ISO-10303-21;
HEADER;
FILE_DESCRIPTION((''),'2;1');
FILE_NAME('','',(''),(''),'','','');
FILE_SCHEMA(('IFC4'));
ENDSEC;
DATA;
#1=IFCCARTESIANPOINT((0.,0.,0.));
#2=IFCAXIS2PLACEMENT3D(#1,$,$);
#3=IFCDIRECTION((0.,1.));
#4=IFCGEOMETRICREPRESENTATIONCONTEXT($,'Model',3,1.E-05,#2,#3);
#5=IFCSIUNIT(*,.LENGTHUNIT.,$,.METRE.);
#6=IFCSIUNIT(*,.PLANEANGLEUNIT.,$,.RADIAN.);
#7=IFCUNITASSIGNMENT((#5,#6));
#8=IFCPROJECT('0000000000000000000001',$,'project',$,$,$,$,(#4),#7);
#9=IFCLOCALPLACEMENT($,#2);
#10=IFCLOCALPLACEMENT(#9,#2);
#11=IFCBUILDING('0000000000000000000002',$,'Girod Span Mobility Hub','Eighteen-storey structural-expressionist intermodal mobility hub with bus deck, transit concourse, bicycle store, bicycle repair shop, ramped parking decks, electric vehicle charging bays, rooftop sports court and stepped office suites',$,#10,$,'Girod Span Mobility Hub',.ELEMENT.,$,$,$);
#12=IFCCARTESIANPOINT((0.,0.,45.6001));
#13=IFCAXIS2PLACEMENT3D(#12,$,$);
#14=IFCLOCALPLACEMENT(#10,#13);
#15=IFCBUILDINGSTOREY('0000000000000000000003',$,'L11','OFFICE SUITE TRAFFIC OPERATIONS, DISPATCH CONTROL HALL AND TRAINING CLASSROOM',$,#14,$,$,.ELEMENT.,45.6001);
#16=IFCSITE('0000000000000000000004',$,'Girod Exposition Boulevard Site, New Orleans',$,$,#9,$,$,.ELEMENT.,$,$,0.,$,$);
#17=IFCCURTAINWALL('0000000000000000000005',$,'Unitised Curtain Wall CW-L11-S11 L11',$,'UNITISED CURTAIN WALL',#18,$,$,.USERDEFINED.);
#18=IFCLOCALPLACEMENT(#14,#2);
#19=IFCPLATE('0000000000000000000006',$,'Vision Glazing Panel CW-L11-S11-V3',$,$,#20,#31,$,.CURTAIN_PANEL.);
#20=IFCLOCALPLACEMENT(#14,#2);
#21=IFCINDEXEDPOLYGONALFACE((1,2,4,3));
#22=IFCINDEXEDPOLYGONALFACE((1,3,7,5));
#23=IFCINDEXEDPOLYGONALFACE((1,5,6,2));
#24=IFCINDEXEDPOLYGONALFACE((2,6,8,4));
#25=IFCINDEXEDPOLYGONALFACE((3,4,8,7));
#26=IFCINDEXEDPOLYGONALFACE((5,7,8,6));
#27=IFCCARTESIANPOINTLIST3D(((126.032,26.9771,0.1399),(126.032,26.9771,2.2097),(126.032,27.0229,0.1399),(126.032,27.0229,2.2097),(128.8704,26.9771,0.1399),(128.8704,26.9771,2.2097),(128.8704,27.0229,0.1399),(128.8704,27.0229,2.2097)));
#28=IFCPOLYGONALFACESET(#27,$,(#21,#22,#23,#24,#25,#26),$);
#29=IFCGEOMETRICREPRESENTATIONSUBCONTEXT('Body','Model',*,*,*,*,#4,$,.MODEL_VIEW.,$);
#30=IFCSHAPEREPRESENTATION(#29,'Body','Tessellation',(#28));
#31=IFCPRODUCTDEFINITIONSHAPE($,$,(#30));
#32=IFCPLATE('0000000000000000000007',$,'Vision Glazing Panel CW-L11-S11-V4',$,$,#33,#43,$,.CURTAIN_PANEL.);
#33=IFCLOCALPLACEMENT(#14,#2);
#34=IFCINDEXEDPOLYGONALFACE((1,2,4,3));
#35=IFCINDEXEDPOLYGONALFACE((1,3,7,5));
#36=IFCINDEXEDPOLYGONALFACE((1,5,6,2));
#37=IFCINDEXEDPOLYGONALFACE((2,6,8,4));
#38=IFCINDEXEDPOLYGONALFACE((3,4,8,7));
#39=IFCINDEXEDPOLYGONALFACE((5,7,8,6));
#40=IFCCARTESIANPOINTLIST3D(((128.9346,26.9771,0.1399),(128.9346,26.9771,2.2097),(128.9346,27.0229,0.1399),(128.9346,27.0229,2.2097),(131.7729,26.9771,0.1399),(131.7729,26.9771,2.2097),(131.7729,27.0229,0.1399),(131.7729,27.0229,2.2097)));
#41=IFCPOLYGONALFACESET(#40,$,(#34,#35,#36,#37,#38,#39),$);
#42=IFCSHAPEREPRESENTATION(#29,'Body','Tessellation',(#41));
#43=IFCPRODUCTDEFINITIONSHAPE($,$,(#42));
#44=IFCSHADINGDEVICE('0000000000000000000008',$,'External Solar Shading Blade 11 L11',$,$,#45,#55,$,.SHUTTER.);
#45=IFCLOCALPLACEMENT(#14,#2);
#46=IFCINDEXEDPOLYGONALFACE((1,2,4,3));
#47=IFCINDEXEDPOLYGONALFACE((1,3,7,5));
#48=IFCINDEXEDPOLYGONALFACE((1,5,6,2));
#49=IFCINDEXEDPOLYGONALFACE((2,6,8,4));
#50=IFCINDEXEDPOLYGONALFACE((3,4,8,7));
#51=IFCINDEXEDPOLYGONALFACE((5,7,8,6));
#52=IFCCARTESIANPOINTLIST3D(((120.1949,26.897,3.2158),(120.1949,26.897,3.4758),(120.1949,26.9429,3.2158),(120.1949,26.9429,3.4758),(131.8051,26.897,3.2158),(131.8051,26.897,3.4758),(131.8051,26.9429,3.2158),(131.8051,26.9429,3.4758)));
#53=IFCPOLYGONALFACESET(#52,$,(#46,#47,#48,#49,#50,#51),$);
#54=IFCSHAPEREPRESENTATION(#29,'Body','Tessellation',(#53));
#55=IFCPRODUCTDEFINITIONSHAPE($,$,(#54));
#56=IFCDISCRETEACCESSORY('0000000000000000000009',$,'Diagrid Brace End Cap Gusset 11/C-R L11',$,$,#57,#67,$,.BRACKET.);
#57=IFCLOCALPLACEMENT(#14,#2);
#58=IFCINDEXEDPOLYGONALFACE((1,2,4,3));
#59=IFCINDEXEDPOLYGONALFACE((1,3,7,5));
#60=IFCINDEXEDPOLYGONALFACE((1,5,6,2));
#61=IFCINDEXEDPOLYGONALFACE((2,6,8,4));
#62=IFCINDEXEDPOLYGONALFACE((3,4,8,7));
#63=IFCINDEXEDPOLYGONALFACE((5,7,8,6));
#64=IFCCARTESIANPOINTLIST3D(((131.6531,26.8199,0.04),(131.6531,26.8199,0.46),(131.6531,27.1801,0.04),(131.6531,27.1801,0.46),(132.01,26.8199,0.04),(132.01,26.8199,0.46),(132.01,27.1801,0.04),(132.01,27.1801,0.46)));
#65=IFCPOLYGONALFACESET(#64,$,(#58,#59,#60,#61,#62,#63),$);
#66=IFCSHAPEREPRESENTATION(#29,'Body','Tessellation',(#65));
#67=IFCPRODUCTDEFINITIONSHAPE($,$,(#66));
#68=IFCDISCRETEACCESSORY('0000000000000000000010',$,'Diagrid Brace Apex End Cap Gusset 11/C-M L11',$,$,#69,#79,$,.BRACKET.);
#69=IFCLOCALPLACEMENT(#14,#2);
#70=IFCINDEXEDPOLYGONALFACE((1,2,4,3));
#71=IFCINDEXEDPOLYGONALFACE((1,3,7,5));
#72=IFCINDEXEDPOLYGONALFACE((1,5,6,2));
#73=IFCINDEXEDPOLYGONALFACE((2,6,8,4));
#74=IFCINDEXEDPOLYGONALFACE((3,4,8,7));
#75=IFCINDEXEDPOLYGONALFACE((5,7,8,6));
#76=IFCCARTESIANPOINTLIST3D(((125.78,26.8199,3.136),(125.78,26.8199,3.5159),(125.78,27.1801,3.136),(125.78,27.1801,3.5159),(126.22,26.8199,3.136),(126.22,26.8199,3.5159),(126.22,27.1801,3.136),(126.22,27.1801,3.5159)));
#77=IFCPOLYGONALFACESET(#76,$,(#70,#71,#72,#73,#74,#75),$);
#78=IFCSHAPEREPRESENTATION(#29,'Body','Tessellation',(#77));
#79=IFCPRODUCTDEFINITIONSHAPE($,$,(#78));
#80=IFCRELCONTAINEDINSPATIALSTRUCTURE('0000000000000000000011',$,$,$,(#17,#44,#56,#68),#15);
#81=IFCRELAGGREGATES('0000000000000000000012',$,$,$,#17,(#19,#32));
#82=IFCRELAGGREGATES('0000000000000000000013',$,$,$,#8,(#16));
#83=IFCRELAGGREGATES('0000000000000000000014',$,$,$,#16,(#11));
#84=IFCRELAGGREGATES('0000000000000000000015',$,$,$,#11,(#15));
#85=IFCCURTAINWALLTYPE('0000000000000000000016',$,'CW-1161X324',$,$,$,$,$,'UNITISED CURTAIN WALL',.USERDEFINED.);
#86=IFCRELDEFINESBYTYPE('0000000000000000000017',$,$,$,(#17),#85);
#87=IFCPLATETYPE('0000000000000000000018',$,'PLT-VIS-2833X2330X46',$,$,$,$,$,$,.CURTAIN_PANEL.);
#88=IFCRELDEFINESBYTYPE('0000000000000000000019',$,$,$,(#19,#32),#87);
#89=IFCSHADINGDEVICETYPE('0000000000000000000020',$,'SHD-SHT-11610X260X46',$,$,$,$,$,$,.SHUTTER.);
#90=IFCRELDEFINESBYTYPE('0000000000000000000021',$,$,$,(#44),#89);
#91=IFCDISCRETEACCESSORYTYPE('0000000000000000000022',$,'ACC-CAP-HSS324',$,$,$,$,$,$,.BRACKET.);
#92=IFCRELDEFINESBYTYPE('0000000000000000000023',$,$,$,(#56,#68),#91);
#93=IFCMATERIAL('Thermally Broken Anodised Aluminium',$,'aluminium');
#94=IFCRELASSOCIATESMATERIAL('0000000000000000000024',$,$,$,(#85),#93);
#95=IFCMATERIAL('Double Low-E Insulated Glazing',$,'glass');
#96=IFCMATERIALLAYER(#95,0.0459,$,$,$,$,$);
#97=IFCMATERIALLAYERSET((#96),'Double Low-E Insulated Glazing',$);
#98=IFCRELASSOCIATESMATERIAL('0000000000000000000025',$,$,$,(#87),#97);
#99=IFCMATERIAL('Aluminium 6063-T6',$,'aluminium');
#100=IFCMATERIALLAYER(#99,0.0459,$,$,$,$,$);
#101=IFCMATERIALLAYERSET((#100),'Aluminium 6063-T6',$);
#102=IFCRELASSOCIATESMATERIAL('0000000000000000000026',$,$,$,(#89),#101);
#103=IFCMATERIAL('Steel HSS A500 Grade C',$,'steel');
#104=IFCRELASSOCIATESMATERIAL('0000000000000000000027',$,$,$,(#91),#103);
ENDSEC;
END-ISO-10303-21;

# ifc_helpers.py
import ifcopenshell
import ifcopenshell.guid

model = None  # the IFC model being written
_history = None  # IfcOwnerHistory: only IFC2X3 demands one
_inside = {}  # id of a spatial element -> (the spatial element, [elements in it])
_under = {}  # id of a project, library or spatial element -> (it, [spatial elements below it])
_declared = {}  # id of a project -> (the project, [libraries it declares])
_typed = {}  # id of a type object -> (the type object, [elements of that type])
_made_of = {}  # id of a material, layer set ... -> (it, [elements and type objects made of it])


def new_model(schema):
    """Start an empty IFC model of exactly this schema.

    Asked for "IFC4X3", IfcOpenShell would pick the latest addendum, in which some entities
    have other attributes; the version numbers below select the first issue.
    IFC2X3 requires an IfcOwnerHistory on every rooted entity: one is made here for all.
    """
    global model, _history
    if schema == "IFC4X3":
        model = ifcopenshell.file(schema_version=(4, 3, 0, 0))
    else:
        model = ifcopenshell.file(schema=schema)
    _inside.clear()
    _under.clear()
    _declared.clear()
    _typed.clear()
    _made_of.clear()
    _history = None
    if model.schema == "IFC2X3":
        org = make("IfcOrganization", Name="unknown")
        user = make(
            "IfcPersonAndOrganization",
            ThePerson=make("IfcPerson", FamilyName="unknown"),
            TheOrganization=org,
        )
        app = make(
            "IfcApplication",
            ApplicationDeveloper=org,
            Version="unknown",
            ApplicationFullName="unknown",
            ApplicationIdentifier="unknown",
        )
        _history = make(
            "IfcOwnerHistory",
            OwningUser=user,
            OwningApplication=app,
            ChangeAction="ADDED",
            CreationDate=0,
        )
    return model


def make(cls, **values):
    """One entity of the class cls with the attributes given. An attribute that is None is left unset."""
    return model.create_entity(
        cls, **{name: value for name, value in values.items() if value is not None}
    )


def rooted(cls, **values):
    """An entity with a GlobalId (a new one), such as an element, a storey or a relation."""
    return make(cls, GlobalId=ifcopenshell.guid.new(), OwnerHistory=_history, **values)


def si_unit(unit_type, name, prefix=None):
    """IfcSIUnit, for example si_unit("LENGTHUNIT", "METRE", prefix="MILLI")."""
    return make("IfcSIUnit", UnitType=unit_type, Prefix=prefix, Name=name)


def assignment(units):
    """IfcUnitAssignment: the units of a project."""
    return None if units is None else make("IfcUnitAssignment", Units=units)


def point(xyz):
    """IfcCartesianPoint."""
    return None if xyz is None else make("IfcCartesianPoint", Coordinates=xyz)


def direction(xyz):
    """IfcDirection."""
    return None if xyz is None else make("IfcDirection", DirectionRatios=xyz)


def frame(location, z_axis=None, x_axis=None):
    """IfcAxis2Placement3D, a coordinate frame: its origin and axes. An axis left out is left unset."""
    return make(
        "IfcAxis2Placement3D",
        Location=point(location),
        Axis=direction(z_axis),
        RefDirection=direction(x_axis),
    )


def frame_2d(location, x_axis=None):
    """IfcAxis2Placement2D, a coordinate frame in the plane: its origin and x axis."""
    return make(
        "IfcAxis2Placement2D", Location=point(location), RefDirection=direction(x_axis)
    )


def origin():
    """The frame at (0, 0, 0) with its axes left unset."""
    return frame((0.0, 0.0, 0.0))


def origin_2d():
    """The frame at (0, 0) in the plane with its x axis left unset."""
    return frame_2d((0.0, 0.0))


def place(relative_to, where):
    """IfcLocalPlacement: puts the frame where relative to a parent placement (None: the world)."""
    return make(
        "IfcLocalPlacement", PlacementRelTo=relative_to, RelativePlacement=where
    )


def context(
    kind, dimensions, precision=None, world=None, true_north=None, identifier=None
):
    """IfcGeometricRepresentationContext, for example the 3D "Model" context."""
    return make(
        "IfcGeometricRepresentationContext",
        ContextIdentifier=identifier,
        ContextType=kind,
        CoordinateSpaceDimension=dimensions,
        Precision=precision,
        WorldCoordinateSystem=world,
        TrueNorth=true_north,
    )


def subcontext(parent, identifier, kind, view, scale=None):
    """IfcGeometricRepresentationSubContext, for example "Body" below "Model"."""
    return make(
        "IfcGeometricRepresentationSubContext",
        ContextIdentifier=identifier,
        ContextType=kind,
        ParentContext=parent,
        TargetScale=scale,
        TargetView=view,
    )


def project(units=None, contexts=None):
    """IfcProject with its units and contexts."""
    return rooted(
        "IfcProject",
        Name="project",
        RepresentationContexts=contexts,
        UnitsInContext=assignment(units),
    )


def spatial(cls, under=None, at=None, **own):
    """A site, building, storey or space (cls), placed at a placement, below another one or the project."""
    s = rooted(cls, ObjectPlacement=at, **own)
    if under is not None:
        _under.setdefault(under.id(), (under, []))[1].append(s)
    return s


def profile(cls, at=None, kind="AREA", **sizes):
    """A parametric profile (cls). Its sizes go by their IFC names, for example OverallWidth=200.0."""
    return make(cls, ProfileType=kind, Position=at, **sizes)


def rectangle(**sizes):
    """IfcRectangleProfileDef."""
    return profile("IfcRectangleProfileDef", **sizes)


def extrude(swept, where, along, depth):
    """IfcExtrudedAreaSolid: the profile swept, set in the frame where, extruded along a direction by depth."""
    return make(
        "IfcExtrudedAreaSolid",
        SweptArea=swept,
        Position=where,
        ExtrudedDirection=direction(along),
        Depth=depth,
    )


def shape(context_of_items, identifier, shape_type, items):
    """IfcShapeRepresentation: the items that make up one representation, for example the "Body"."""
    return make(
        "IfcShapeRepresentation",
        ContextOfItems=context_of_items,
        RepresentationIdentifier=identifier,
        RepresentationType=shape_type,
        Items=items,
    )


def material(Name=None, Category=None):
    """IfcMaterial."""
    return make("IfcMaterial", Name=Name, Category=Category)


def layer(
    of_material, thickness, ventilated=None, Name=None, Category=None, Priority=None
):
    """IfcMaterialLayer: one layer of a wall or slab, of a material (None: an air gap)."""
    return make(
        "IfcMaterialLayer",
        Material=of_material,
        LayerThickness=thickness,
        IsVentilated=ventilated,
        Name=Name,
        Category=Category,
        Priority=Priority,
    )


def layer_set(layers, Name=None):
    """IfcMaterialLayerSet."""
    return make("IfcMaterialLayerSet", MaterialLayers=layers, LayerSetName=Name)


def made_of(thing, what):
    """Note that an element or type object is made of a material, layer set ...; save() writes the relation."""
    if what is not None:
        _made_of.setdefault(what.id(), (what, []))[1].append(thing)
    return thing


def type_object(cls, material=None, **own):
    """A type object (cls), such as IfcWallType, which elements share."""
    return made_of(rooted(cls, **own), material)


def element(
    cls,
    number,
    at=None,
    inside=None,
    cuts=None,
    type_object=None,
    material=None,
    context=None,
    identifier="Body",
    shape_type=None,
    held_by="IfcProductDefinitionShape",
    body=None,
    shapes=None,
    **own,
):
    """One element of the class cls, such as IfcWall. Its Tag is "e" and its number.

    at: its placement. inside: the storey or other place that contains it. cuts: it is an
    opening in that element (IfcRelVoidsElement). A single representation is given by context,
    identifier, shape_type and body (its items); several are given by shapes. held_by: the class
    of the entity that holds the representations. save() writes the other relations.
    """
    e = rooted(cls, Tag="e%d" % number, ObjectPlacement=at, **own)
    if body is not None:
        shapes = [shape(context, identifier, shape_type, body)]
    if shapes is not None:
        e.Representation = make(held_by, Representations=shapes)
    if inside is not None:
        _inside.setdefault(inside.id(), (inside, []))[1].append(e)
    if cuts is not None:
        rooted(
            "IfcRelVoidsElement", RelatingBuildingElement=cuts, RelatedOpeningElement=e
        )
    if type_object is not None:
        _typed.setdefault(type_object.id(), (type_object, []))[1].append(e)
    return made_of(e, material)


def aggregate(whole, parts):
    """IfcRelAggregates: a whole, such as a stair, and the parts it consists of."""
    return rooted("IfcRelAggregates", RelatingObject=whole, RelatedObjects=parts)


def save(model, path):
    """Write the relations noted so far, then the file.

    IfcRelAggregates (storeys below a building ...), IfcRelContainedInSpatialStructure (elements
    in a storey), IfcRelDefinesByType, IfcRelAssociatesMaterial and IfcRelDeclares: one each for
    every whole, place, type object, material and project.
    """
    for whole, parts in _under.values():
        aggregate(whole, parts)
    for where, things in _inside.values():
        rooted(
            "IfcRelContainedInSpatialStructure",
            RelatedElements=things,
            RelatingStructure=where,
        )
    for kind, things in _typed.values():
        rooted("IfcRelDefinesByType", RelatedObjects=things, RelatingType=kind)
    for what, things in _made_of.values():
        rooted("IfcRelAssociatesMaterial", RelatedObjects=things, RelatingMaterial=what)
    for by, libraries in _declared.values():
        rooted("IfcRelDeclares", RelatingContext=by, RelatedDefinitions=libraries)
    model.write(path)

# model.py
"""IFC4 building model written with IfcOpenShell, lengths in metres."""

from ifc_helpers import new_model, si_unit, direction, frame, origin, origin_2d, place, context, subcontext, project, spatial, rectangle, extrude, material, layer, layer_set, type_object, element, aggregate, save


model = new_model("IFC4")

# Units and contexts
model_context = context("Model", 3, precision=1e-05, world=origin(), true_north=direction((0.0, 1.0)))
body_context = subcontext(model_context, "Body", "Model", "MODEL_VIEW")
ifc_project = project(units=[si_unit("LENGTHUNIT", "METRE"), si_unit("PLANEANGLEUNIT", "RADIAN")], contexts=[model_context])

# Site, building, storey
site_placement = place(None, origin())
site = spatial("IfcSite", under=ifc_project, at=site_placement, Name="Girod Exposition Boulevard Site, New Orleans", CompositionType="ELEMENT", RefElevation=0.0)
building_placement = place(site_placement, origin())
building = spatial("IfcBuilding", under=site, at=building_placement, Name="Girod Span Mobility Hub", Description="Eighteen-storey structural-expressionist intermodal mobility hub with bus deck, transit concourse, bicycle store, bicycle repair shop, ramped parking decks, electric vehicle charging bays, rooftop sports court and stepped office suites", LongName="Girod Span Mobility Hub", CompositionType="ELEMENT")
storey_placement = place(building_placement, frame((0.0, 0.0, 45.6001)))
storey = spatial("IfcBuildingStorey", under=building, at=storey_placement, Name="L11", Description="OFFICE SUITE TRAFFIC OPERATIONS, DISPATCH CONTROL HALL AND TRAINING CLASSROOM", CompositionType="ELEMENT", Elevation=45.6001)

# Curtain wall
ifc_material_1 = material(Name="Thermally Broken Anodised Aluminium", Category="aluminium")
curtain_wall_type = type_object("IfcCurtainWallType", Name="CW-1161X324", ElementType="UNITISED CURTAIN WALL", PredefinedType="USERDEFINED", material=ifc_material_1)
curtain_wall_placement = place(storey_placement, origin())
curtain_wall = element("IfcCurtainWall", 1, at=curtain_wall_placement, inside=storey, type_object=curtain_wall_type, Name="Unitised Curtain Wall CW-L11-S11 L11", ObjectType="UNITISED CURTAIN WALL", PredefinedType="USERDEFINED")

# Plates
ifc_material_2 = material(Name="Double Low-E Insulated Glazing", Category="glass")
ifc_layer_1 = layer(ifc_material_2, 0.0459)
ifc_layer_set_1 = layer_set([ifc_layer_1], Name="Double Low-E Insulated Glazing")
plate_type = type_object("IfcPlateType", Name="PLT-VIS-2833X2330X46", PredefinedType="CURTAIN_PANEL", material=ifc_layer_set_1)
plate_1_placement = place(storey_placement, frame((127.4512, 27.0, 0.1399), z_axis=(0.0, 0.0, 1.0), x_axis=(1.0, 0.0, 0.0)))
plate_1 = element("IfcPlate", 2, at=plate_1_placement, type_object=plate_type, Name="Vision Glazing Panel CW-L11-S11-V3", PredefinedType="CURTAIN_PANEL", context=body_context, shape_type="SweptSolid", body=[
    extrude(rectangle(XDim=2.8384, YDim=0.0459, at=origin_2d()), origin(), (0.0, 0.0, 1.0), 2.0698),
])
plate_2_placement = place(storey_placement, frame((130.3538, 27.0, 0.1399), z_axis=(0.0, 0.0, 1.0), x_axis=(1.0, 0.0, 0.0)))
plate_2 = element("IfcPlate", 3, at=plate_2_placement, type_object=plate_type, Name="Vision Glazing Panel CW-L11-S11-V4", PredefinedType="CURTAIN_PANEL", context=body_context, shape_type="SweptSolid", body=[
    extrude(rectangle(XDim=2.8384, YDim=0.0459, at=origin_2d()), origin(), (0.0, 0.0, 1.0), 2.0698),
])
aggregate(curtain_wall, [plate_1, plate_2])

# Shading device
ifc_material_3 = material(Name="Aluminium 6063-T6", Category="aluminium")
ifc_layer_2 = layer(ifc_material_3, 0.0459)
ifc_layer_set_2 = layer_set([ifc_layer_2], Name="Aluminium 6063-T6")
shading_device_type = type_object("IfcShadingDeviceType", Name="SHD-SHT-11610X260X46", PredefinedType="SHUTTER", material=ifc_layer_set_2)
shading_device_placement = place(storey_placement, frame((126.0, 26.9199, 3.2158), z_axis=(0.0, 0.0, 1.0), x_axis=(1.0, 0.0, 0.0)))
element("IfcShadingDevice", 4, at=shading_device_placement, inside=storey, type_object=shading_device_type, Name="External Solar Shading Blade 11 L11", PredefinedType="SHUTTER", context=body_context, shape_type="SweptSolid", body=[
    extrude(rectangle(XDim=11.6101, YDim=0.0459, at=origin_2d()), origin(), (0.0, 0.0, 1.0), 0.26),
])

# Discrete accessories
ifc_material_4 = material(Name="Steel HSS A500 Grade C", Category="steel")
discrete_accessory_type = type_object("IfcDiscreteAccessoryType", Name="ACC-CAP-HSS324", PredefinedType="BRACKET", material=ifc_material_4)
discrete_accessory_1_placement = place(storey_placement, frame((131.8315, 27.0, 0.04), z_axis=(0.0, 0.0, 1.0), x_axis=(1.0, 0.0, 0.0)))
element("IfcDiscreteAccessory", 5, at=discrete_accessory_1_placement, inside=storey, type_object=discrete_accessory_type, Name="Diagrid Brace End Cap Gusset 11/C-R L11", PredefinedType="BRACKET", context=body_context, shape_type="SweptSolid", body=[
    extrude(rectangle(XDim=0.3569, YDim=0.3601, at=origin_2d()), origin(), (0.0, 0.0, 1.0), 0.4199),
])
discrete_accessory_2_placement = place(storey_placement, frame((126.0, 27.0, 3.136), z_axis=(0.0, 0.0, 1.0), x_axis=(1.0, 0.0, 0.0)))
element("IfcDiscreteAccessory", 6, at=discrete_accessory_2_placement, inside=storey, type_object=discrete_accessory_type, Name="Diagrid Brace Apex End Cap Gusset 11/C-M L11", PredefinedType="BRACKET", context=body_context, shape_type="SweptSolid", body=[
    extrude(rectangle(XDim=0.4399, YDim=0.3601, at=origin_2d()), origin(), (0.0, 0.0, 1.0), 0.3799),
])

save(model, "model.ifc")
